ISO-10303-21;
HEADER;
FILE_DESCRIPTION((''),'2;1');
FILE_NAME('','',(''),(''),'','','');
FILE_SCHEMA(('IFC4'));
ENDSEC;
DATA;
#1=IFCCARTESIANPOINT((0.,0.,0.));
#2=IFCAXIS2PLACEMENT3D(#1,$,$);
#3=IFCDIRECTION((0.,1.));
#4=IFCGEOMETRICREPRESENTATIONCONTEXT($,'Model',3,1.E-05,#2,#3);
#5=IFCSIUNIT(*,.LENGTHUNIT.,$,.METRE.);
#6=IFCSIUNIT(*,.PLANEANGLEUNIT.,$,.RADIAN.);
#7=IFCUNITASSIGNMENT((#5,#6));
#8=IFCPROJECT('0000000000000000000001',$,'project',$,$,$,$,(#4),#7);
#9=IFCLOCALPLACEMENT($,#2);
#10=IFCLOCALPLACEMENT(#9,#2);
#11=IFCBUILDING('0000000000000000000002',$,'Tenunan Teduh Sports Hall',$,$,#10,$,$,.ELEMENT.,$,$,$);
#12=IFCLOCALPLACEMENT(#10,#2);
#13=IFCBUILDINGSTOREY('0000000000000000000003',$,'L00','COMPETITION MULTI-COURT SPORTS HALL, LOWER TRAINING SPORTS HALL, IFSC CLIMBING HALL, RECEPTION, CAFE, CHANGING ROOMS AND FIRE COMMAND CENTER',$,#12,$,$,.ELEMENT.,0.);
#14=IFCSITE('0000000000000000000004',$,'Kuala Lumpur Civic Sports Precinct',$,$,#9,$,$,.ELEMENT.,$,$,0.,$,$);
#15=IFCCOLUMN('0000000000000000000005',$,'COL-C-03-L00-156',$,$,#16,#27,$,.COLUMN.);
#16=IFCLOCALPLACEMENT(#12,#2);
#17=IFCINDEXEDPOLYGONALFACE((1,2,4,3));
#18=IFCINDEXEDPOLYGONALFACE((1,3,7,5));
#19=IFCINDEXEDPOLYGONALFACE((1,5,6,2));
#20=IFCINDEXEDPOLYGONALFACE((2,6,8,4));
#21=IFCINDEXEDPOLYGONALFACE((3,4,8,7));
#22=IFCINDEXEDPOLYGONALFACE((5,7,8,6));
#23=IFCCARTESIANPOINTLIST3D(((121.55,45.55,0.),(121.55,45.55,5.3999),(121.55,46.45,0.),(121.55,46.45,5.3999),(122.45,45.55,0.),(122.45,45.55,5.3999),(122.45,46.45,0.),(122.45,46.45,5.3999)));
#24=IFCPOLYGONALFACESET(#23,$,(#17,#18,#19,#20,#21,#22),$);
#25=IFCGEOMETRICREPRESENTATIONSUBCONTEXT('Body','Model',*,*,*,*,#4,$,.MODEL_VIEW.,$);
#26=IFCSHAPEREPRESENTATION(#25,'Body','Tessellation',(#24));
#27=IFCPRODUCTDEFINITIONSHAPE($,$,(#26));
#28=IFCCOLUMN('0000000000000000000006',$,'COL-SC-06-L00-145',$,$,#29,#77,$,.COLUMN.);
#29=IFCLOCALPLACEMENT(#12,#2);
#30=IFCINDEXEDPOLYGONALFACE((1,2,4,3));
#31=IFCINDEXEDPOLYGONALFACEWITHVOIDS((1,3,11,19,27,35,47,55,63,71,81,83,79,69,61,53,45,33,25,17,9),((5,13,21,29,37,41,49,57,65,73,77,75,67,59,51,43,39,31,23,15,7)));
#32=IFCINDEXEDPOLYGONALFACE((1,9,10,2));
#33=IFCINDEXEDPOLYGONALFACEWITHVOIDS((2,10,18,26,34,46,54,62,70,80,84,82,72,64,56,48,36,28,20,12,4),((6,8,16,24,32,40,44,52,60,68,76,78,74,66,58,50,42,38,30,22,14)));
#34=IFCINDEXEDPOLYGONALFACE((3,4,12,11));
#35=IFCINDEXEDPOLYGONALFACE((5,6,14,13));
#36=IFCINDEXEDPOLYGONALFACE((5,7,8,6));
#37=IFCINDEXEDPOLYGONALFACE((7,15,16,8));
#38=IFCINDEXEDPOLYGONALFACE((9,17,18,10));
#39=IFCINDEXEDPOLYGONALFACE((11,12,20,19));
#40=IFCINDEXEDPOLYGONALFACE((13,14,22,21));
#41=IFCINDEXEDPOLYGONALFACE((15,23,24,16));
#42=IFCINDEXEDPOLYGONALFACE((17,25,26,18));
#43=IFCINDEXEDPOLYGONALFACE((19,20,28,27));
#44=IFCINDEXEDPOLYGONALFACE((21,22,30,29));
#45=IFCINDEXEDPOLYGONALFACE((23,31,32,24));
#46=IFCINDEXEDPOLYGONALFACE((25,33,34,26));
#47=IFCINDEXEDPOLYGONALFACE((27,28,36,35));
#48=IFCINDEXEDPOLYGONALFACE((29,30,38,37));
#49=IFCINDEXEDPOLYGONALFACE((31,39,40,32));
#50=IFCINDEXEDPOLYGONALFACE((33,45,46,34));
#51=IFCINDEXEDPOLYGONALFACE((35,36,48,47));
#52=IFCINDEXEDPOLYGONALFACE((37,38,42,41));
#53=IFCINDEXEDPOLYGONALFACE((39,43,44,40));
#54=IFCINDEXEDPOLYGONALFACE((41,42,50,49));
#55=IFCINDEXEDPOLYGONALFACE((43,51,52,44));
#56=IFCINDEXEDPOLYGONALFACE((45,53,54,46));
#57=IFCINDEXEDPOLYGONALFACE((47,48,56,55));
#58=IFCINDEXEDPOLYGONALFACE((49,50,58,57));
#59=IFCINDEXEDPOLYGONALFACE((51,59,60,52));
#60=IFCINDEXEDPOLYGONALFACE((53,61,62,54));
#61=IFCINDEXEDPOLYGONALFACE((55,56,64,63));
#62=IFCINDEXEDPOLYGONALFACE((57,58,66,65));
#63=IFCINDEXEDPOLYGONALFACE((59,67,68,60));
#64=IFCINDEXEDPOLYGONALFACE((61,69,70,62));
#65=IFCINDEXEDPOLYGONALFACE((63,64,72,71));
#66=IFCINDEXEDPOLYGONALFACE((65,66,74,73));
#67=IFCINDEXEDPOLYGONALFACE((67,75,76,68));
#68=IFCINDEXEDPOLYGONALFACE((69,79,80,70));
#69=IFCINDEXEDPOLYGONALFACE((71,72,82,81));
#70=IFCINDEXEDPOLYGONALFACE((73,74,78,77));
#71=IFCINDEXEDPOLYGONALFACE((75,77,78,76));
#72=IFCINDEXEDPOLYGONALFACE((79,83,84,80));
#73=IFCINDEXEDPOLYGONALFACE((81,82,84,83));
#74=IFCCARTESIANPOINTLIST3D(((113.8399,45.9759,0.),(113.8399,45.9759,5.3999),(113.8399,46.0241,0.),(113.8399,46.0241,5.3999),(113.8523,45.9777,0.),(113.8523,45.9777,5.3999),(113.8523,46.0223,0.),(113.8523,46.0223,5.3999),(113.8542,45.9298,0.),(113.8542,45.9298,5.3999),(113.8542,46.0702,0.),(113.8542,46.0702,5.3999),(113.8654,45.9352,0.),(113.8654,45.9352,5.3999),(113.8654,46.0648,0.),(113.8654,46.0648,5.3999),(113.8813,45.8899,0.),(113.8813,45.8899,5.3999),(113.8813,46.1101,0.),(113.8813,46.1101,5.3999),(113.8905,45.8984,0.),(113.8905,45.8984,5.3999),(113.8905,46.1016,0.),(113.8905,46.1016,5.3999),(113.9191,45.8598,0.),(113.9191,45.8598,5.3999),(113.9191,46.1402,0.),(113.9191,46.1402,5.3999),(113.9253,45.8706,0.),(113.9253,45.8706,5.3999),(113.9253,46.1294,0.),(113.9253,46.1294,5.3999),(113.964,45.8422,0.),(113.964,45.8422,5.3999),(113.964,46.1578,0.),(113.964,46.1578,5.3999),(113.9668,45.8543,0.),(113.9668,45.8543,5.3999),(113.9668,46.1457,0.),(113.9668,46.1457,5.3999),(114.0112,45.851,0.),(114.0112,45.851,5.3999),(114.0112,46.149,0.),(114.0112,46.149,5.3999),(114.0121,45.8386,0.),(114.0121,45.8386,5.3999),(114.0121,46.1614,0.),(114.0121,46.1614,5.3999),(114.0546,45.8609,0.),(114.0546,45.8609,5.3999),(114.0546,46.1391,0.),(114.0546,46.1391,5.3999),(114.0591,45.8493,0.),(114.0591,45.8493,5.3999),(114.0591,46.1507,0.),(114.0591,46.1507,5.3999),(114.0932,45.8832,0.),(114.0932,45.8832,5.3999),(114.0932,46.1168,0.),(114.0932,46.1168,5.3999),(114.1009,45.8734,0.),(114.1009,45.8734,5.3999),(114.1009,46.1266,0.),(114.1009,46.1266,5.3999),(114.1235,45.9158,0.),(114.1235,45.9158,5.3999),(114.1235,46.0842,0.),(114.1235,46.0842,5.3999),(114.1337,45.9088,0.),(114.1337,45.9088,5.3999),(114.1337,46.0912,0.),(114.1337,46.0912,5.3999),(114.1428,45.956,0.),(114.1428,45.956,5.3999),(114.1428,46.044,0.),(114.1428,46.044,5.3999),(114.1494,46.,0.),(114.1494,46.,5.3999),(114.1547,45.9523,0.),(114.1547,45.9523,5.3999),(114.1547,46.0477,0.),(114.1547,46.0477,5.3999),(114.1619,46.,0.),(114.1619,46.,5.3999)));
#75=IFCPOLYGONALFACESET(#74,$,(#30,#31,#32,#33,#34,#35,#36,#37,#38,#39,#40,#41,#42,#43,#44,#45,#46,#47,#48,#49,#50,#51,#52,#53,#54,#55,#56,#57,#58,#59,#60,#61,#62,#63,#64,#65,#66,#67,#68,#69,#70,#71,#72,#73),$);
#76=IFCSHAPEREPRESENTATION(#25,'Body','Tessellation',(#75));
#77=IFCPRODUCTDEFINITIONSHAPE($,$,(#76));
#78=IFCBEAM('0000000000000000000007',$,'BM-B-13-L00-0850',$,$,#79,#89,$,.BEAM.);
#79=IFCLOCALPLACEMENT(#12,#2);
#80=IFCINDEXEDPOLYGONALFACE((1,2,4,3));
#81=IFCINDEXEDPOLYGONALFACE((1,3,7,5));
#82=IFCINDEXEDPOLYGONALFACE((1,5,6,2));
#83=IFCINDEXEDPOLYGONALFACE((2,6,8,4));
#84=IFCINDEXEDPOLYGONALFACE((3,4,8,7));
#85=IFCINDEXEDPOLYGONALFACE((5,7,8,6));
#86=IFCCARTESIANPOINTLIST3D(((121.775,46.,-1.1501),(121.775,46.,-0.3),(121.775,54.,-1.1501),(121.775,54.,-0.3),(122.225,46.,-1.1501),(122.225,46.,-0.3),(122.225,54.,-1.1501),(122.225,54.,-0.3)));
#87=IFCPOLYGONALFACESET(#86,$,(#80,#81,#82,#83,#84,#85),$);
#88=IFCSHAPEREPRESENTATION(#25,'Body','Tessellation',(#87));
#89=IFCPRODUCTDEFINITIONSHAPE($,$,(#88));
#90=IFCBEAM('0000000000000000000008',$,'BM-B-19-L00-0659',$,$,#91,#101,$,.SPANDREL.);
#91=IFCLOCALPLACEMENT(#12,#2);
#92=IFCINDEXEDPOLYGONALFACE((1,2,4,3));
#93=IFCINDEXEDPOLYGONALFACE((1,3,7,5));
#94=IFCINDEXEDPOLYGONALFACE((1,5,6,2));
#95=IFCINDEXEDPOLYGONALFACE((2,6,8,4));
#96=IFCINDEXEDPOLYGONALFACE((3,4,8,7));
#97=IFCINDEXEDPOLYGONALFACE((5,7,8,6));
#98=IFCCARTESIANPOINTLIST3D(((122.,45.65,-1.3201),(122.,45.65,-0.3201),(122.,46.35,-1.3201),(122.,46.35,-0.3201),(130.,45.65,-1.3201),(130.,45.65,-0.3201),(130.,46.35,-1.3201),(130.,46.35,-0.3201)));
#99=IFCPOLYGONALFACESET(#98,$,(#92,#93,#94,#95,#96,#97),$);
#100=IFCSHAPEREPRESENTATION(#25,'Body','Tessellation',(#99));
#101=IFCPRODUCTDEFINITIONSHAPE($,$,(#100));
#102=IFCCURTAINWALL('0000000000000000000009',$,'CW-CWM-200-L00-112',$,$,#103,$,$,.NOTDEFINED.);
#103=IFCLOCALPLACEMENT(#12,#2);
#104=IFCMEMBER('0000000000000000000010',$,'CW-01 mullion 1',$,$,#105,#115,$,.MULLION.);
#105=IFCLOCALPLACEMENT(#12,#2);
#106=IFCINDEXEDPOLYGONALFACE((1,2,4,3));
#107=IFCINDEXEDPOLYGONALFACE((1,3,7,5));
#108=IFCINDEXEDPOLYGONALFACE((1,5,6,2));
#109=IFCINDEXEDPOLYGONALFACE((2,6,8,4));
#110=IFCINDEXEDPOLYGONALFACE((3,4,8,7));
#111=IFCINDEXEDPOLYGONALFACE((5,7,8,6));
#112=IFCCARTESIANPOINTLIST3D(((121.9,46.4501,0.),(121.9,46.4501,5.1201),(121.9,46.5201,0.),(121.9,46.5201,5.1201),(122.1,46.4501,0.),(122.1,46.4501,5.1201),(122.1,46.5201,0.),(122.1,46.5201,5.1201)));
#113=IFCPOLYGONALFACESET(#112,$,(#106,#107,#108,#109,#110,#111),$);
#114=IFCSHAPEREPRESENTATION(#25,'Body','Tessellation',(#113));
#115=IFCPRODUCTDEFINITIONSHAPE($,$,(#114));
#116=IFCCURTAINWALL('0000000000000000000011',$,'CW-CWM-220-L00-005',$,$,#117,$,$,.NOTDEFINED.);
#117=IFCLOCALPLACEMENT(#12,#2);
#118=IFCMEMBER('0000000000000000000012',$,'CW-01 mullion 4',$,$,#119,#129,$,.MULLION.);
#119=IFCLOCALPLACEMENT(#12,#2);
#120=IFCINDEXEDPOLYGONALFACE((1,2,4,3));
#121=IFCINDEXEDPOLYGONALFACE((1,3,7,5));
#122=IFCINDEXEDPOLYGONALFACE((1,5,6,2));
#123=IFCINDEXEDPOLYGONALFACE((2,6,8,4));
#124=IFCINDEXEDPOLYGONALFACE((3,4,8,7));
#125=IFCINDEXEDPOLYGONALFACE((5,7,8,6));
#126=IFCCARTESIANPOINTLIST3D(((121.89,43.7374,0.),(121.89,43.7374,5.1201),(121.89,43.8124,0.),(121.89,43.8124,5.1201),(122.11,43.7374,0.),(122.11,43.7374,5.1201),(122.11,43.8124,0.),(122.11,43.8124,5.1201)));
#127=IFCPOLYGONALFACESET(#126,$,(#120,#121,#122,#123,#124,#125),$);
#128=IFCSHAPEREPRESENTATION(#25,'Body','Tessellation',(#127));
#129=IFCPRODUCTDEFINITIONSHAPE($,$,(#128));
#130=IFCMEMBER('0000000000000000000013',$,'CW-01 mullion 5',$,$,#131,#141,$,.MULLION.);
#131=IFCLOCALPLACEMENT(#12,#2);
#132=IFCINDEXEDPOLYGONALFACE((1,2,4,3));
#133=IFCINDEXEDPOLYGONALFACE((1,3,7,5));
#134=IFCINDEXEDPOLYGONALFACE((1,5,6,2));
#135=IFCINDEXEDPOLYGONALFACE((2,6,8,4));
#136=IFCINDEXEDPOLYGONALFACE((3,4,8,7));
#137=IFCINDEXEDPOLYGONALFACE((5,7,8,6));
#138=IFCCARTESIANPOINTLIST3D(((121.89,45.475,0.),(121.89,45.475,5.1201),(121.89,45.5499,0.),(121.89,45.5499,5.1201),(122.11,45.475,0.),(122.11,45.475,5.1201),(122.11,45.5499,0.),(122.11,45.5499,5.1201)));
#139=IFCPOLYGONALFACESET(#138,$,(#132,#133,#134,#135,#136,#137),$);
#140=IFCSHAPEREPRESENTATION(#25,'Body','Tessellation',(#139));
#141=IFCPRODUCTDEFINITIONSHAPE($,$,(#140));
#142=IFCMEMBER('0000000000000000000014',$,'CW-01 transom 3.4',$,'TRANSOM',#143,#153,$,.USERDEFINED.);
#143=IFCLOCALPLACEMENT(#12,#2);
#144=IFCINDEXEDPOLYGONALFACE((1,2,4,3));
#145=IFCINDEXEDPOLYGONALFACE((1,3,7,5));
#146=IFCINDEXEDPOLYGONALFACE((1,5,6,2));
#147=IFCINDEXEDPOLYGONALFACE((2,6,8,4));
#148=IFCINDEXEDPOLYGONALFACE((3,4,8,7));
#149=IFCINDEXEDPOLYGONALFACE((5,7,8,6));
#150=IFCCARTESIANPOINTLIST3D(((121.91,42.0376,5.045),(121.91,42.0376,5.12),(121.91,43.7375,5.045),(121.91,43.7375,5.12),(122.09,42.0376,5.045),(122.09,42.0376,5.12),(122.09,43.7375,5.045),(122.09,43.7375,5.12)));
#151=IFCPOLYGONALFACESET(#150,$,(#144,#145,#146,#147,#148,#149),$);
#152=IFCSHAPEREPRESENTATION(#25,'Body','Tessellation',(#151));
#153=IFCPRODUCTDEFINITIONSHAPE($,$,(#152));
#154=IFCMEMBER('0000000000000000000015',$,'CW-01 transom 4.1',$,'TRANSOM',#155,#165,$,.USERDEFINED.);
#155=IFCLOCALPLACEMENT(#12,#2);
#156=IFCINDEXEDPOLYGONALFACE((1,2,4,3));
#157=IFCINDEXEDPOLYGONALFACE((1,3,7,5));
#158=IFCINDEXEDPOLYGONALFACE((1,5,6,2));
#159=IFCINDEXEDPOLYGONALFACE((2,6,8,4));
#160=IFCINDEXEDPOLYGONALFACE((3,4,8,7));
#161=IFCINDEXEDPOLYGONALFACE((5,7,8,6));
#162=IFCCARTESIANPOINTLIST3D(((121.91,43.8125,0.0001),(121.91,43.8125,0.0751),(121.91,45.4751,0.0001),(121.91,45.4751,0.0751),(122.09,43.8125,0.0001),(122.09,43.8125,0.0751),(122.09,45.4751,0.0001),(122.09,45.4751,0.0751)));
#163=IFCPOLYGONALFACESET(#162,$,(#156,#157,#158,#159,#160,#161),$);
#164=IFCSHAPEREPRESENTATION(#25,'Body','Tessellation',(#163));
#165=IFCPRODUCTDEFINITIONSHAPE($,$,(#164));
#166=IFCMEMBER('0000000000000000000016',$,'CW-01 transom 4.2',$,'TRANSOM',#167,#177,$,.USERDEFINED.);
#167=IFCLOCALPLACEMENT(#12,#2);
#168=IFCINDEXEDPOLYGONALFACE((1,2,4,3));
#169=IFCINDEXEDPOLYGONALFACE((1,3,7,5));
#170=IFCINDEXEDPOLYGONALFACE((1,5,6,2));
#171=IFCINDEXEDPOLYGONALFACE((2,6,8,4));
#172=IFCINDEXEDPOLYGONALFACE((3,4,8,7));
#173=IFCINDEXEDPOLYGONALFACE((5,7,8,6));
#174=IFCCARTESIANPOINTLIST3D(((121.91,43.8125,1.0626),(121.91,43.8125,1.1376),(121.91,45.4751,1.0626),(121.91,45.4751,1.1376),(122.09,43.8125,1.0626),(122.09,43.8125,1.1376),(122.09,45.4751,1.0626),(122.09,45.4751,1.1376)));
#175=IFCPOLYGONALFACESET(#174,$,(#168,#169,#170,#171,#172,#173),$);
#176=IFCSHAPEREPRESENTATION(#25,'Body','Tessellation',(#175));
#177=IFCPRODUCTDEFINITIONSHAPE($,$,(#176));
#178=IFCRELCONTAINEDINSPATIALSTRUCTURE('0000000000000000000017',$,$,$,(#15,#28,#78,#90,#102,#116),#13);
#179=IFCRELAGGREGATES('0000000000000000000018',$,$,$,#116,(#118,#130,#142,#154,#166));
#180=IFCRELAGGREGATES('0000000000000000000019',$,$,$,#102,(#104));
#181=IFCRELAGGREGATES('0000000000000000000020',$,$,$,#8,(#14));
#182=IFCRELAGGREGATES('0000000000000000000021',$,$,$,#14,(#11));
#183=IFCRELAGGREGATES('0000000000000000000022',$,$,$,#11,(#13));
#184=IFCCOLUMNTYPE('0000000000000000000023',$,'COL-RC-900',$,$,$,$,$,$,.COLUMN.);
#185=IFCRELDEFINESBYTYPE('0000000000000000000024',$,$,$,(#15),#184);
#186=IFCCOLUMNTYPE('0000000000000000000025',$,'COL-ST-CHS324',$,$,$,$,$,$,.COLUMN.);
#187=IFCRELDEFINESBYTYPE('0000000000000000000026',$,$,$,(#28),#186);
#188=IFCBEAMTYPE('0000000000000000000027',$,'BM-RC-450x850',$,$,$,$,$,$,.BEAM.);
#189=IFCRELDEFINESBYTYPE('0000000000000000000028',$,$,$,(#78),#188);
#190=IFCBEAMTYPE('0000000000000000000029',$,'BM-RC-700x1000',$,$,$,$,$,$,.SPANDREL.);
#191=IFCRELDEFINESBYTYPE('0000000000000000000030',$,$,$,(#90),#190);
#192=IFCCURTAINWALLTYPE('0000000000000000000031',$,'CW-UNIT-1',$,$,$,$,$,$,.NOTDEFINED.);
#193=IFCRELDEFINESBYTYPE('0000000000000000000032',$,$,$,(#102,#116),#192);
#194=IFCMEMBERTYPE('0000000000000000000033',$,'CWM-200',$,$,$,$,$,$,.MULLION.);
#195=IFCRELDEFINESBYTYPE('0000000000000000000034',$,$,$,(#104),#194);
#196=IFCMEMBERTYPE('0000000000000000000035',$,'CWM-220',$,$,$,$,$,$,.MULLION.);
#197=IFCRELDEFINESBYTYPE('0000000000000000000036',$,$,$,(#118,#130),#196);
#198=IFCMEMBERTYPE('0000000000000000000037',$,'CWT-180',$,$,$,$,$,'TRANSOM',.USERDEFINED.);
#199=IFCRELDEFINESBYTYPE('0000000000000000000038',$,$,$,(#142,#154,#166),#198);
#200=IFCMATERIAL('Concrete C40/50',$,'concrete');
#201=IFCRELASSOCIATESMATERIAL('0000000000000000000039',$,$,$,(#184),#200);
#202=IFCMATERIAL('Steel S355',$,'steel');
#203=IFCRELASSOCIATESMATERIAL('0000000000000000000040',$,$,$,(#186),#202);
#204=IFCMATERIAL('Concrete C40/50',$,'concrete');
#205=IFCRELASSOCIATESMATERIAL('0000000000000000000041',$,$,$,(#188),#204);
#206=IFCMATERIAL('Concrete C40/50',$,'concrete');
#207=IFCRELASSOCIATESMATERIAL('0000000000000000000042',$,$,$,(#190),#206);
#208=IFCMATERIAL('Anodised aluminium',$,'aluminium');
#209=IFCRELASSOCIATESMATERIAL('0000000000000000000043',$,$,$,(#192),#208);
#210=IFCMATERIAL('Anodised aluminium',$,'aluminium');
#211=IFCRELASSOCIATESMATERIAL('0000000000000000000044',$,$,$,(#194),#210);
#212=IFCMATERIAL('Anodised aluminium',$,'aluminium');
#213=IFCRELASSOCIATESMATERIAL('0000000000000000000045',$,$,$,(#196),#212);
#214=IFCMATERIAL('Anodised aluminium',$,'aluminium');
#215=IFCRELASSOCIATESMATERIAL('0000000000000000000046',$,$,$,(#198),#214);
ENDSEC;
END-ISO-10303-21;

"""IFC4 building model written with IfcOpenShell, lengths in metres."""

from ifc_helpers import new_model, si_unit, direction, frame, origin, origin_2d, place, context, subcontext, project, spatial, rectangle, hollow_circle, extrude, material, material_profile, profile_set, type_object, element, aggregate, save


model = new_model("IFC4")

# Units and contexts
model_context = context("Model", 3, precision=1e-05, world=origin(), true_north=direction((0.0, 1.0)))
body_context = subcontext(model_context, "Body", "Model", "MODEL_VIEW")
ifc_project = project(units=[si_unit("LENGTHUNIT", "METRE"), si_unit("PLANEANGLEUNIT", "RADIAN")], contexts=[model_context])

# Site, building, storey
site_placement = place(None, origin())
site = spatial("IfcSite", under=ifc_project, at=site_placement, Name="Kuala Lumpur Civic Sports Precinct", CompositionType="ELEMENT", RefElevation=0.0)
building_placement = place(site_placement, origin())
building = spatial("IfcBuilding", under=site, at=building_placement, Name="Tenunan Teduh Sports Hall", CompositionType="ELEMENT")
storey_placement = place(building_placement, origin())
storey = spatial("IfcBuildingStorey", under=building, at=storey_placement, Name="L00", Description="COMPETITION MULTI-COURT SPORTS HALL, LOWER TRAINING SPORTS HALL, IFSC CLIMBING HALL, RECEPTION, CAFE, CHANGING ROOMS AND FIRE COMMAND CENTER", CompositionType="ELEMENT", Elevation=0.0)

# Columns
ifc_material_1 = material(Name="Concrete C40/50", Category="concrete")
ifc_material_profile_1 = material_profile(ifc_material_1, rectangle(XDim=0.8999, YDim=0.8999, at=origin_2d()), Name="RC 900x900")
ifc_profile_set_1 = profile_set([ifc_material_profile_1], Name="Concrete C40/50")
column_type_1 = type_object("IfcColumnType", Name="COL-RC-900", PredefinedType="COLUMN", material=ifc_profile_set_1)
column_1_placement = place(storey_placement, frame((122.0, 46.0, 0.0), z_axis=(0.0, 0.0, 1.0), x_axis=(1.0, 0.0, 0.0)))
element("IfcColumn", 1, at=column_1_placement, inside=storey, type_object=column_type_1, Name="COL-C-03-L00-156", PredefinedType="COLUMN", context=body_context, shape_type="SweptSolid", body=[
    extrude(rectangle(XDim=0.8999, YDim=0.8999, at=origin_2d()), origin(), (0.0, 0.0, 1.0), 5.3999),
])
ifc_material_2 = material(Name="Steel S355", Category="steel")
ifc_material_profile_2 = material_profile(ifc_material_2, hollow_circle(Radius=0.1619, WallThickness=0.0125, at=origin_2d()), Name="CHS 323.9x12.5")
ifc_profile_set_2 = profile_set([ifc_material_profile_2], Name="Steel S355")
column_type_2 = type_object("IfcColumnType", Name="COL-ST-CHS324", PredefinedType="COLUMN", material=ifc_profile_set_2)
column_2_placement = place(storey_placement, frame((114.0, 46.0, 0.0), z_axis=(0.0, 0.0, 1.0), x_axis=(1.0, 0.0, 0.0)))
element("IfcColumn", 2, at=column_2_placement, inside=storey, type_object=column_type_2, Name="COL-SC-06-L00-145", PredefinedType="COLUMN", context=body_context, shape_type="SweptSolid", body=[
    extrude(hollow_circle(Radius=0.1619, WallThickness=0.0125, at=origin_2d()), origin(), (0.0, 0.0, 1.0), 5.3999),
])

# Beams
ifc_material_3 = material(Name="Concrete C40/50", Category="concrete")
ifc_material_profile_3 = material_profile(ifc_material_3, rectangle(XDim=0.45, YDim=0.8501, at=origin_2d()), Name="RCB 450x850")
ifc_profile_set_3 = profile_set([ifc_material_profile_3], Name="Concrete C40/50")
beam_type_1 = type_object("IfcBeamType", Name="BM-RC-450x850", PredefinedType="BEAM", material=ifc_profile_set_3)
beam_1_placement = place(storey_placement, frame((122.0, 46.0, -0.7251), z_axis=(0.0, 1.0, 0.0), x_axis=(-1.0, 0.0, 0.0)))
element("IfcBeam", 3, at=beam_1_placement, inside=storey, type_object=beam_type_1, Name="BM-B-13-L00-0850", PredefinedType="BEAM", context=body_context, shape_type="SweptSolid", body=[
    extrude(rectangle(XDim=0.45, YDim=0.8501, at=origin_2d()), origin(), (0.0, 0.0, 1.0), 8.0),
])
ifc_material_4 = material(Name="Concrete C40/50", Category="concrete")
ifc_material_profile_4 = material_profile(ifc_material_4, rectangle(XDim=0.7, YDim=1.0, at=origin_2d()), Name="RCB 700x1000")
ifc_profile_set_4 = profile_set([ifc_material_profile_4], Name="Concrete C40/50")
beam_type_2 = type_object("IfcBeamType", Name="BM-RC-700x1000", PredefinedType="SPANDREL", material=ifc_profile_set_4)
beam_2_placement = place(storey_placement, frame((122.0, 46.0, -0.8201), z_axis=(1.0, 0.0, 0.0), x_axis=(0.0, 1.0, 0.0)))
element("IfcBeam", 4, at=beam_2_placement, inside=storey, type_object=beam_type_2, Name="BM-B-19-L00-0659", PredefinedType="SPANDREL", context=body_context, shape_type="SweptSolid", body=[
    extrude(rectangle(XDim=0.7, YDim=1.0, at=origin_2d()), origin(), (0.0, 0.0, 1.0), 8.0),
])

# Curtain wall, member
ifc_material_5 = material(Name="Anodised aluminium", Category="aluminium")
curtain_wall_type = type_object("IfcCurtainWallType", Name="CW-UNIT-1", PredefinedType="NOTDEFINED", material=ifc_material_5)
curtain_wall_1_placement = place(storey_placement, origin())
curtain_wall_1 = element("IfcCurtainWall", 5, at=curtain_wall_1_placement, inside=storey, type_object=curtain_wall_type, Name="CW-CWM-200-L00-112", PredefinedType="NOTDEFINED")
ifc_material_6 = material(Name="Anodised aluminium", Category="aluminium")
ifc_material_profile_5 = material_profile(ifc_material_6, rectangle(XDim=0.0701, YDim=0.2, at=origin_2d()), Name="CWM 70x200")
ifc_profile_set_5 = profile_set([ifc_material_profile_5], Name="Anodised aluminium")
member_type_1 = type_object("IfcMemberType", Name="CWM-200", PredefinedType="MULLION", material=ifc_profile_set_5)
member_1_placement = place(storey_placement, frame((122.0, 46.4851, 0.0), z_axis=(0.0, 0.0, 1.0), x_axis=(0.0, 1.0, 0.0)))
member_1 = element("IfcMember", 6, at=member_1_placement, type_object=member_type_1, Name="CW-01 mullion 1", PredefinedType="MULLION", context=body_context, shape_type="SweptSolid", body=[
    extrude(rectangle(XDim=0.0701, YDim=0.2, at=origin_2d()), origin(), (0.0, 0.0, 1.0), 5.1201),
])

# Curtain wall, members
curtain_wall_2_placement = place(storey_placement, origin())
curtain_wall_2 = element("IfcCurtainWall", 7, at=curtain_wall_2_placement, inside=storey, type_object=curtain_wall_type, Name="CW-CWM-220-L00-005", PredefinedType="NOTDEFINED")
ifc_material_7 = material(Name="Anodised aluminium", Category="aluminium")
ifc_material_profile_6 = material_profile(ifc_material_7, rectangle(XDim=0.075, YDim=0.22, at=origin_2d()), Name="CWM 75x220")
ifc_profile_set_6 = profile_set([ifc_material_profile_6], Name="Anodised aluminium")
member_type_2 = type_object("IfcMemberType", Name="CWM-220", PredefinedType="MULLION", material=ifc_profile_set_6)
member_2_placement = place(storey_placement, frame((122.0, 43.7749, 0.0), z_axis=(0.0, 0.0, 1.0), x_axis=(0.0, 1.0, 0.0)))
member_2 = element("IfcMember", 8, at=member_2_placement, type_object=member_type_2, Name="CW-01 mullion 4", PredefinedType="MULLION", context=body_context, shape_type="SweptSolid", body=[
    extrude(rectangle(XDim=0.075, YDim=0.22, at=origin_2d()), origin(), (0.0, 0.0, 1.0), 5.1201),
])
member_3_placement = place(storey_placement, frame((122.0, 45.5125, 0.0), z_axis=(0.0, 0.0, 1.0), x_axis=(0.0, 1.0, 0.0)))
member_3 = element("IfcMember", 9, at=member_3_placement, type_object=member_type_2, Name="CW-01 mullion 5", PredefinedType="MULLION", context=body_context, shape_type="SweptSolid", body=[
    extrude(rectangle(XDim=0.075, YDim=0.22, at=origin_2d()), origin(), (0.0, 0.0, 1.0), 5.1201),
])
ifc_material_8 = material(Name="Anodised aluminium", Category="aluminium")
ifc_material_profile_7 = material_profile(ifc_material_8, rectangle(XDim=0.075, YDim=0.1799, at=origin_2d()), Name="CWT 75x180")
ifc_profile_set_7 = profile_set([ifc_material_profile_7], Name="Anodised aluminium")
member_type_3 = type_object("IfcMemberType", Name="CWT-180", ElementType="TRANSOM", PredefinedType="USERDEFINED", material=ifc_profile_set_7)
member_4_placement = place(storey_placement, frame((122.0, 42.0376, 5.0825), z_axis=(0.0, 1.0, 0.0), x_axis=(0.0, 0.0, 1.0)))
member_4 = element("IfcMember", 10, at=member_4_placement, type_object=member_type_3, Name="CW-01 transom 3.4", ObjectType="TRANSOM", PredefinedType="USERDEFINED", context=body_context, shape_type="SweptSolid", body=[
    extrude(rectangle(XDim=0.075, YDim=0.1799, at=origin_2d()), origin(), (0.0, 0.0, 1.0), 1.7),
])
member_5_placement = place(storey_placement, frame((122.0, 43.8125, 0.0376), z_axis=(0.0, 1.0, 0.0), x_axis=(0.0, 0.0, 1.0)))
member_5 = element("IfcMember", 11, at=member_5_placement, type_object=member_type_3, Name="CW-01 transom 4.1", ObjectType="TRANSOM", PredefinedType="USERDEFINED", context=body_context, shape_type="SweptSolid", body=[
    extrude(rectangle(XDim=0.075, YDim=0.1799, at=origin_2d()), origin(), (0.0, 0.0, 1.0), 1.6626),
])
member_6_placement = place(storey_placement, frame((122.0, 43.8125, 1.1001), z_axis=(0.0, 1.0, 0.0), x_axis=(0.0, 0.0, 1.0)))
member_6 = element("IfcMember", 12, at=member_6_placement, type_object=member_type_3, Name="CW-01 transom 4.2", ObjectType="TRANSOM", PredefinedType="USERDEFINED", context=body_context, shape_type="SweptSolid", body=[
    extrude(rectangle(XDim=0.075, YDim=0.1799, at=origin_2d()), origin(), (0.0, 0.0, 1.0), 1.6626),
])

aggregate(curtain_wall_2, [member_2, member_3, member_4, member_5, member_6])
aggregate(curtain_wall_1, [member_1])

save(model, "model.ifc")
